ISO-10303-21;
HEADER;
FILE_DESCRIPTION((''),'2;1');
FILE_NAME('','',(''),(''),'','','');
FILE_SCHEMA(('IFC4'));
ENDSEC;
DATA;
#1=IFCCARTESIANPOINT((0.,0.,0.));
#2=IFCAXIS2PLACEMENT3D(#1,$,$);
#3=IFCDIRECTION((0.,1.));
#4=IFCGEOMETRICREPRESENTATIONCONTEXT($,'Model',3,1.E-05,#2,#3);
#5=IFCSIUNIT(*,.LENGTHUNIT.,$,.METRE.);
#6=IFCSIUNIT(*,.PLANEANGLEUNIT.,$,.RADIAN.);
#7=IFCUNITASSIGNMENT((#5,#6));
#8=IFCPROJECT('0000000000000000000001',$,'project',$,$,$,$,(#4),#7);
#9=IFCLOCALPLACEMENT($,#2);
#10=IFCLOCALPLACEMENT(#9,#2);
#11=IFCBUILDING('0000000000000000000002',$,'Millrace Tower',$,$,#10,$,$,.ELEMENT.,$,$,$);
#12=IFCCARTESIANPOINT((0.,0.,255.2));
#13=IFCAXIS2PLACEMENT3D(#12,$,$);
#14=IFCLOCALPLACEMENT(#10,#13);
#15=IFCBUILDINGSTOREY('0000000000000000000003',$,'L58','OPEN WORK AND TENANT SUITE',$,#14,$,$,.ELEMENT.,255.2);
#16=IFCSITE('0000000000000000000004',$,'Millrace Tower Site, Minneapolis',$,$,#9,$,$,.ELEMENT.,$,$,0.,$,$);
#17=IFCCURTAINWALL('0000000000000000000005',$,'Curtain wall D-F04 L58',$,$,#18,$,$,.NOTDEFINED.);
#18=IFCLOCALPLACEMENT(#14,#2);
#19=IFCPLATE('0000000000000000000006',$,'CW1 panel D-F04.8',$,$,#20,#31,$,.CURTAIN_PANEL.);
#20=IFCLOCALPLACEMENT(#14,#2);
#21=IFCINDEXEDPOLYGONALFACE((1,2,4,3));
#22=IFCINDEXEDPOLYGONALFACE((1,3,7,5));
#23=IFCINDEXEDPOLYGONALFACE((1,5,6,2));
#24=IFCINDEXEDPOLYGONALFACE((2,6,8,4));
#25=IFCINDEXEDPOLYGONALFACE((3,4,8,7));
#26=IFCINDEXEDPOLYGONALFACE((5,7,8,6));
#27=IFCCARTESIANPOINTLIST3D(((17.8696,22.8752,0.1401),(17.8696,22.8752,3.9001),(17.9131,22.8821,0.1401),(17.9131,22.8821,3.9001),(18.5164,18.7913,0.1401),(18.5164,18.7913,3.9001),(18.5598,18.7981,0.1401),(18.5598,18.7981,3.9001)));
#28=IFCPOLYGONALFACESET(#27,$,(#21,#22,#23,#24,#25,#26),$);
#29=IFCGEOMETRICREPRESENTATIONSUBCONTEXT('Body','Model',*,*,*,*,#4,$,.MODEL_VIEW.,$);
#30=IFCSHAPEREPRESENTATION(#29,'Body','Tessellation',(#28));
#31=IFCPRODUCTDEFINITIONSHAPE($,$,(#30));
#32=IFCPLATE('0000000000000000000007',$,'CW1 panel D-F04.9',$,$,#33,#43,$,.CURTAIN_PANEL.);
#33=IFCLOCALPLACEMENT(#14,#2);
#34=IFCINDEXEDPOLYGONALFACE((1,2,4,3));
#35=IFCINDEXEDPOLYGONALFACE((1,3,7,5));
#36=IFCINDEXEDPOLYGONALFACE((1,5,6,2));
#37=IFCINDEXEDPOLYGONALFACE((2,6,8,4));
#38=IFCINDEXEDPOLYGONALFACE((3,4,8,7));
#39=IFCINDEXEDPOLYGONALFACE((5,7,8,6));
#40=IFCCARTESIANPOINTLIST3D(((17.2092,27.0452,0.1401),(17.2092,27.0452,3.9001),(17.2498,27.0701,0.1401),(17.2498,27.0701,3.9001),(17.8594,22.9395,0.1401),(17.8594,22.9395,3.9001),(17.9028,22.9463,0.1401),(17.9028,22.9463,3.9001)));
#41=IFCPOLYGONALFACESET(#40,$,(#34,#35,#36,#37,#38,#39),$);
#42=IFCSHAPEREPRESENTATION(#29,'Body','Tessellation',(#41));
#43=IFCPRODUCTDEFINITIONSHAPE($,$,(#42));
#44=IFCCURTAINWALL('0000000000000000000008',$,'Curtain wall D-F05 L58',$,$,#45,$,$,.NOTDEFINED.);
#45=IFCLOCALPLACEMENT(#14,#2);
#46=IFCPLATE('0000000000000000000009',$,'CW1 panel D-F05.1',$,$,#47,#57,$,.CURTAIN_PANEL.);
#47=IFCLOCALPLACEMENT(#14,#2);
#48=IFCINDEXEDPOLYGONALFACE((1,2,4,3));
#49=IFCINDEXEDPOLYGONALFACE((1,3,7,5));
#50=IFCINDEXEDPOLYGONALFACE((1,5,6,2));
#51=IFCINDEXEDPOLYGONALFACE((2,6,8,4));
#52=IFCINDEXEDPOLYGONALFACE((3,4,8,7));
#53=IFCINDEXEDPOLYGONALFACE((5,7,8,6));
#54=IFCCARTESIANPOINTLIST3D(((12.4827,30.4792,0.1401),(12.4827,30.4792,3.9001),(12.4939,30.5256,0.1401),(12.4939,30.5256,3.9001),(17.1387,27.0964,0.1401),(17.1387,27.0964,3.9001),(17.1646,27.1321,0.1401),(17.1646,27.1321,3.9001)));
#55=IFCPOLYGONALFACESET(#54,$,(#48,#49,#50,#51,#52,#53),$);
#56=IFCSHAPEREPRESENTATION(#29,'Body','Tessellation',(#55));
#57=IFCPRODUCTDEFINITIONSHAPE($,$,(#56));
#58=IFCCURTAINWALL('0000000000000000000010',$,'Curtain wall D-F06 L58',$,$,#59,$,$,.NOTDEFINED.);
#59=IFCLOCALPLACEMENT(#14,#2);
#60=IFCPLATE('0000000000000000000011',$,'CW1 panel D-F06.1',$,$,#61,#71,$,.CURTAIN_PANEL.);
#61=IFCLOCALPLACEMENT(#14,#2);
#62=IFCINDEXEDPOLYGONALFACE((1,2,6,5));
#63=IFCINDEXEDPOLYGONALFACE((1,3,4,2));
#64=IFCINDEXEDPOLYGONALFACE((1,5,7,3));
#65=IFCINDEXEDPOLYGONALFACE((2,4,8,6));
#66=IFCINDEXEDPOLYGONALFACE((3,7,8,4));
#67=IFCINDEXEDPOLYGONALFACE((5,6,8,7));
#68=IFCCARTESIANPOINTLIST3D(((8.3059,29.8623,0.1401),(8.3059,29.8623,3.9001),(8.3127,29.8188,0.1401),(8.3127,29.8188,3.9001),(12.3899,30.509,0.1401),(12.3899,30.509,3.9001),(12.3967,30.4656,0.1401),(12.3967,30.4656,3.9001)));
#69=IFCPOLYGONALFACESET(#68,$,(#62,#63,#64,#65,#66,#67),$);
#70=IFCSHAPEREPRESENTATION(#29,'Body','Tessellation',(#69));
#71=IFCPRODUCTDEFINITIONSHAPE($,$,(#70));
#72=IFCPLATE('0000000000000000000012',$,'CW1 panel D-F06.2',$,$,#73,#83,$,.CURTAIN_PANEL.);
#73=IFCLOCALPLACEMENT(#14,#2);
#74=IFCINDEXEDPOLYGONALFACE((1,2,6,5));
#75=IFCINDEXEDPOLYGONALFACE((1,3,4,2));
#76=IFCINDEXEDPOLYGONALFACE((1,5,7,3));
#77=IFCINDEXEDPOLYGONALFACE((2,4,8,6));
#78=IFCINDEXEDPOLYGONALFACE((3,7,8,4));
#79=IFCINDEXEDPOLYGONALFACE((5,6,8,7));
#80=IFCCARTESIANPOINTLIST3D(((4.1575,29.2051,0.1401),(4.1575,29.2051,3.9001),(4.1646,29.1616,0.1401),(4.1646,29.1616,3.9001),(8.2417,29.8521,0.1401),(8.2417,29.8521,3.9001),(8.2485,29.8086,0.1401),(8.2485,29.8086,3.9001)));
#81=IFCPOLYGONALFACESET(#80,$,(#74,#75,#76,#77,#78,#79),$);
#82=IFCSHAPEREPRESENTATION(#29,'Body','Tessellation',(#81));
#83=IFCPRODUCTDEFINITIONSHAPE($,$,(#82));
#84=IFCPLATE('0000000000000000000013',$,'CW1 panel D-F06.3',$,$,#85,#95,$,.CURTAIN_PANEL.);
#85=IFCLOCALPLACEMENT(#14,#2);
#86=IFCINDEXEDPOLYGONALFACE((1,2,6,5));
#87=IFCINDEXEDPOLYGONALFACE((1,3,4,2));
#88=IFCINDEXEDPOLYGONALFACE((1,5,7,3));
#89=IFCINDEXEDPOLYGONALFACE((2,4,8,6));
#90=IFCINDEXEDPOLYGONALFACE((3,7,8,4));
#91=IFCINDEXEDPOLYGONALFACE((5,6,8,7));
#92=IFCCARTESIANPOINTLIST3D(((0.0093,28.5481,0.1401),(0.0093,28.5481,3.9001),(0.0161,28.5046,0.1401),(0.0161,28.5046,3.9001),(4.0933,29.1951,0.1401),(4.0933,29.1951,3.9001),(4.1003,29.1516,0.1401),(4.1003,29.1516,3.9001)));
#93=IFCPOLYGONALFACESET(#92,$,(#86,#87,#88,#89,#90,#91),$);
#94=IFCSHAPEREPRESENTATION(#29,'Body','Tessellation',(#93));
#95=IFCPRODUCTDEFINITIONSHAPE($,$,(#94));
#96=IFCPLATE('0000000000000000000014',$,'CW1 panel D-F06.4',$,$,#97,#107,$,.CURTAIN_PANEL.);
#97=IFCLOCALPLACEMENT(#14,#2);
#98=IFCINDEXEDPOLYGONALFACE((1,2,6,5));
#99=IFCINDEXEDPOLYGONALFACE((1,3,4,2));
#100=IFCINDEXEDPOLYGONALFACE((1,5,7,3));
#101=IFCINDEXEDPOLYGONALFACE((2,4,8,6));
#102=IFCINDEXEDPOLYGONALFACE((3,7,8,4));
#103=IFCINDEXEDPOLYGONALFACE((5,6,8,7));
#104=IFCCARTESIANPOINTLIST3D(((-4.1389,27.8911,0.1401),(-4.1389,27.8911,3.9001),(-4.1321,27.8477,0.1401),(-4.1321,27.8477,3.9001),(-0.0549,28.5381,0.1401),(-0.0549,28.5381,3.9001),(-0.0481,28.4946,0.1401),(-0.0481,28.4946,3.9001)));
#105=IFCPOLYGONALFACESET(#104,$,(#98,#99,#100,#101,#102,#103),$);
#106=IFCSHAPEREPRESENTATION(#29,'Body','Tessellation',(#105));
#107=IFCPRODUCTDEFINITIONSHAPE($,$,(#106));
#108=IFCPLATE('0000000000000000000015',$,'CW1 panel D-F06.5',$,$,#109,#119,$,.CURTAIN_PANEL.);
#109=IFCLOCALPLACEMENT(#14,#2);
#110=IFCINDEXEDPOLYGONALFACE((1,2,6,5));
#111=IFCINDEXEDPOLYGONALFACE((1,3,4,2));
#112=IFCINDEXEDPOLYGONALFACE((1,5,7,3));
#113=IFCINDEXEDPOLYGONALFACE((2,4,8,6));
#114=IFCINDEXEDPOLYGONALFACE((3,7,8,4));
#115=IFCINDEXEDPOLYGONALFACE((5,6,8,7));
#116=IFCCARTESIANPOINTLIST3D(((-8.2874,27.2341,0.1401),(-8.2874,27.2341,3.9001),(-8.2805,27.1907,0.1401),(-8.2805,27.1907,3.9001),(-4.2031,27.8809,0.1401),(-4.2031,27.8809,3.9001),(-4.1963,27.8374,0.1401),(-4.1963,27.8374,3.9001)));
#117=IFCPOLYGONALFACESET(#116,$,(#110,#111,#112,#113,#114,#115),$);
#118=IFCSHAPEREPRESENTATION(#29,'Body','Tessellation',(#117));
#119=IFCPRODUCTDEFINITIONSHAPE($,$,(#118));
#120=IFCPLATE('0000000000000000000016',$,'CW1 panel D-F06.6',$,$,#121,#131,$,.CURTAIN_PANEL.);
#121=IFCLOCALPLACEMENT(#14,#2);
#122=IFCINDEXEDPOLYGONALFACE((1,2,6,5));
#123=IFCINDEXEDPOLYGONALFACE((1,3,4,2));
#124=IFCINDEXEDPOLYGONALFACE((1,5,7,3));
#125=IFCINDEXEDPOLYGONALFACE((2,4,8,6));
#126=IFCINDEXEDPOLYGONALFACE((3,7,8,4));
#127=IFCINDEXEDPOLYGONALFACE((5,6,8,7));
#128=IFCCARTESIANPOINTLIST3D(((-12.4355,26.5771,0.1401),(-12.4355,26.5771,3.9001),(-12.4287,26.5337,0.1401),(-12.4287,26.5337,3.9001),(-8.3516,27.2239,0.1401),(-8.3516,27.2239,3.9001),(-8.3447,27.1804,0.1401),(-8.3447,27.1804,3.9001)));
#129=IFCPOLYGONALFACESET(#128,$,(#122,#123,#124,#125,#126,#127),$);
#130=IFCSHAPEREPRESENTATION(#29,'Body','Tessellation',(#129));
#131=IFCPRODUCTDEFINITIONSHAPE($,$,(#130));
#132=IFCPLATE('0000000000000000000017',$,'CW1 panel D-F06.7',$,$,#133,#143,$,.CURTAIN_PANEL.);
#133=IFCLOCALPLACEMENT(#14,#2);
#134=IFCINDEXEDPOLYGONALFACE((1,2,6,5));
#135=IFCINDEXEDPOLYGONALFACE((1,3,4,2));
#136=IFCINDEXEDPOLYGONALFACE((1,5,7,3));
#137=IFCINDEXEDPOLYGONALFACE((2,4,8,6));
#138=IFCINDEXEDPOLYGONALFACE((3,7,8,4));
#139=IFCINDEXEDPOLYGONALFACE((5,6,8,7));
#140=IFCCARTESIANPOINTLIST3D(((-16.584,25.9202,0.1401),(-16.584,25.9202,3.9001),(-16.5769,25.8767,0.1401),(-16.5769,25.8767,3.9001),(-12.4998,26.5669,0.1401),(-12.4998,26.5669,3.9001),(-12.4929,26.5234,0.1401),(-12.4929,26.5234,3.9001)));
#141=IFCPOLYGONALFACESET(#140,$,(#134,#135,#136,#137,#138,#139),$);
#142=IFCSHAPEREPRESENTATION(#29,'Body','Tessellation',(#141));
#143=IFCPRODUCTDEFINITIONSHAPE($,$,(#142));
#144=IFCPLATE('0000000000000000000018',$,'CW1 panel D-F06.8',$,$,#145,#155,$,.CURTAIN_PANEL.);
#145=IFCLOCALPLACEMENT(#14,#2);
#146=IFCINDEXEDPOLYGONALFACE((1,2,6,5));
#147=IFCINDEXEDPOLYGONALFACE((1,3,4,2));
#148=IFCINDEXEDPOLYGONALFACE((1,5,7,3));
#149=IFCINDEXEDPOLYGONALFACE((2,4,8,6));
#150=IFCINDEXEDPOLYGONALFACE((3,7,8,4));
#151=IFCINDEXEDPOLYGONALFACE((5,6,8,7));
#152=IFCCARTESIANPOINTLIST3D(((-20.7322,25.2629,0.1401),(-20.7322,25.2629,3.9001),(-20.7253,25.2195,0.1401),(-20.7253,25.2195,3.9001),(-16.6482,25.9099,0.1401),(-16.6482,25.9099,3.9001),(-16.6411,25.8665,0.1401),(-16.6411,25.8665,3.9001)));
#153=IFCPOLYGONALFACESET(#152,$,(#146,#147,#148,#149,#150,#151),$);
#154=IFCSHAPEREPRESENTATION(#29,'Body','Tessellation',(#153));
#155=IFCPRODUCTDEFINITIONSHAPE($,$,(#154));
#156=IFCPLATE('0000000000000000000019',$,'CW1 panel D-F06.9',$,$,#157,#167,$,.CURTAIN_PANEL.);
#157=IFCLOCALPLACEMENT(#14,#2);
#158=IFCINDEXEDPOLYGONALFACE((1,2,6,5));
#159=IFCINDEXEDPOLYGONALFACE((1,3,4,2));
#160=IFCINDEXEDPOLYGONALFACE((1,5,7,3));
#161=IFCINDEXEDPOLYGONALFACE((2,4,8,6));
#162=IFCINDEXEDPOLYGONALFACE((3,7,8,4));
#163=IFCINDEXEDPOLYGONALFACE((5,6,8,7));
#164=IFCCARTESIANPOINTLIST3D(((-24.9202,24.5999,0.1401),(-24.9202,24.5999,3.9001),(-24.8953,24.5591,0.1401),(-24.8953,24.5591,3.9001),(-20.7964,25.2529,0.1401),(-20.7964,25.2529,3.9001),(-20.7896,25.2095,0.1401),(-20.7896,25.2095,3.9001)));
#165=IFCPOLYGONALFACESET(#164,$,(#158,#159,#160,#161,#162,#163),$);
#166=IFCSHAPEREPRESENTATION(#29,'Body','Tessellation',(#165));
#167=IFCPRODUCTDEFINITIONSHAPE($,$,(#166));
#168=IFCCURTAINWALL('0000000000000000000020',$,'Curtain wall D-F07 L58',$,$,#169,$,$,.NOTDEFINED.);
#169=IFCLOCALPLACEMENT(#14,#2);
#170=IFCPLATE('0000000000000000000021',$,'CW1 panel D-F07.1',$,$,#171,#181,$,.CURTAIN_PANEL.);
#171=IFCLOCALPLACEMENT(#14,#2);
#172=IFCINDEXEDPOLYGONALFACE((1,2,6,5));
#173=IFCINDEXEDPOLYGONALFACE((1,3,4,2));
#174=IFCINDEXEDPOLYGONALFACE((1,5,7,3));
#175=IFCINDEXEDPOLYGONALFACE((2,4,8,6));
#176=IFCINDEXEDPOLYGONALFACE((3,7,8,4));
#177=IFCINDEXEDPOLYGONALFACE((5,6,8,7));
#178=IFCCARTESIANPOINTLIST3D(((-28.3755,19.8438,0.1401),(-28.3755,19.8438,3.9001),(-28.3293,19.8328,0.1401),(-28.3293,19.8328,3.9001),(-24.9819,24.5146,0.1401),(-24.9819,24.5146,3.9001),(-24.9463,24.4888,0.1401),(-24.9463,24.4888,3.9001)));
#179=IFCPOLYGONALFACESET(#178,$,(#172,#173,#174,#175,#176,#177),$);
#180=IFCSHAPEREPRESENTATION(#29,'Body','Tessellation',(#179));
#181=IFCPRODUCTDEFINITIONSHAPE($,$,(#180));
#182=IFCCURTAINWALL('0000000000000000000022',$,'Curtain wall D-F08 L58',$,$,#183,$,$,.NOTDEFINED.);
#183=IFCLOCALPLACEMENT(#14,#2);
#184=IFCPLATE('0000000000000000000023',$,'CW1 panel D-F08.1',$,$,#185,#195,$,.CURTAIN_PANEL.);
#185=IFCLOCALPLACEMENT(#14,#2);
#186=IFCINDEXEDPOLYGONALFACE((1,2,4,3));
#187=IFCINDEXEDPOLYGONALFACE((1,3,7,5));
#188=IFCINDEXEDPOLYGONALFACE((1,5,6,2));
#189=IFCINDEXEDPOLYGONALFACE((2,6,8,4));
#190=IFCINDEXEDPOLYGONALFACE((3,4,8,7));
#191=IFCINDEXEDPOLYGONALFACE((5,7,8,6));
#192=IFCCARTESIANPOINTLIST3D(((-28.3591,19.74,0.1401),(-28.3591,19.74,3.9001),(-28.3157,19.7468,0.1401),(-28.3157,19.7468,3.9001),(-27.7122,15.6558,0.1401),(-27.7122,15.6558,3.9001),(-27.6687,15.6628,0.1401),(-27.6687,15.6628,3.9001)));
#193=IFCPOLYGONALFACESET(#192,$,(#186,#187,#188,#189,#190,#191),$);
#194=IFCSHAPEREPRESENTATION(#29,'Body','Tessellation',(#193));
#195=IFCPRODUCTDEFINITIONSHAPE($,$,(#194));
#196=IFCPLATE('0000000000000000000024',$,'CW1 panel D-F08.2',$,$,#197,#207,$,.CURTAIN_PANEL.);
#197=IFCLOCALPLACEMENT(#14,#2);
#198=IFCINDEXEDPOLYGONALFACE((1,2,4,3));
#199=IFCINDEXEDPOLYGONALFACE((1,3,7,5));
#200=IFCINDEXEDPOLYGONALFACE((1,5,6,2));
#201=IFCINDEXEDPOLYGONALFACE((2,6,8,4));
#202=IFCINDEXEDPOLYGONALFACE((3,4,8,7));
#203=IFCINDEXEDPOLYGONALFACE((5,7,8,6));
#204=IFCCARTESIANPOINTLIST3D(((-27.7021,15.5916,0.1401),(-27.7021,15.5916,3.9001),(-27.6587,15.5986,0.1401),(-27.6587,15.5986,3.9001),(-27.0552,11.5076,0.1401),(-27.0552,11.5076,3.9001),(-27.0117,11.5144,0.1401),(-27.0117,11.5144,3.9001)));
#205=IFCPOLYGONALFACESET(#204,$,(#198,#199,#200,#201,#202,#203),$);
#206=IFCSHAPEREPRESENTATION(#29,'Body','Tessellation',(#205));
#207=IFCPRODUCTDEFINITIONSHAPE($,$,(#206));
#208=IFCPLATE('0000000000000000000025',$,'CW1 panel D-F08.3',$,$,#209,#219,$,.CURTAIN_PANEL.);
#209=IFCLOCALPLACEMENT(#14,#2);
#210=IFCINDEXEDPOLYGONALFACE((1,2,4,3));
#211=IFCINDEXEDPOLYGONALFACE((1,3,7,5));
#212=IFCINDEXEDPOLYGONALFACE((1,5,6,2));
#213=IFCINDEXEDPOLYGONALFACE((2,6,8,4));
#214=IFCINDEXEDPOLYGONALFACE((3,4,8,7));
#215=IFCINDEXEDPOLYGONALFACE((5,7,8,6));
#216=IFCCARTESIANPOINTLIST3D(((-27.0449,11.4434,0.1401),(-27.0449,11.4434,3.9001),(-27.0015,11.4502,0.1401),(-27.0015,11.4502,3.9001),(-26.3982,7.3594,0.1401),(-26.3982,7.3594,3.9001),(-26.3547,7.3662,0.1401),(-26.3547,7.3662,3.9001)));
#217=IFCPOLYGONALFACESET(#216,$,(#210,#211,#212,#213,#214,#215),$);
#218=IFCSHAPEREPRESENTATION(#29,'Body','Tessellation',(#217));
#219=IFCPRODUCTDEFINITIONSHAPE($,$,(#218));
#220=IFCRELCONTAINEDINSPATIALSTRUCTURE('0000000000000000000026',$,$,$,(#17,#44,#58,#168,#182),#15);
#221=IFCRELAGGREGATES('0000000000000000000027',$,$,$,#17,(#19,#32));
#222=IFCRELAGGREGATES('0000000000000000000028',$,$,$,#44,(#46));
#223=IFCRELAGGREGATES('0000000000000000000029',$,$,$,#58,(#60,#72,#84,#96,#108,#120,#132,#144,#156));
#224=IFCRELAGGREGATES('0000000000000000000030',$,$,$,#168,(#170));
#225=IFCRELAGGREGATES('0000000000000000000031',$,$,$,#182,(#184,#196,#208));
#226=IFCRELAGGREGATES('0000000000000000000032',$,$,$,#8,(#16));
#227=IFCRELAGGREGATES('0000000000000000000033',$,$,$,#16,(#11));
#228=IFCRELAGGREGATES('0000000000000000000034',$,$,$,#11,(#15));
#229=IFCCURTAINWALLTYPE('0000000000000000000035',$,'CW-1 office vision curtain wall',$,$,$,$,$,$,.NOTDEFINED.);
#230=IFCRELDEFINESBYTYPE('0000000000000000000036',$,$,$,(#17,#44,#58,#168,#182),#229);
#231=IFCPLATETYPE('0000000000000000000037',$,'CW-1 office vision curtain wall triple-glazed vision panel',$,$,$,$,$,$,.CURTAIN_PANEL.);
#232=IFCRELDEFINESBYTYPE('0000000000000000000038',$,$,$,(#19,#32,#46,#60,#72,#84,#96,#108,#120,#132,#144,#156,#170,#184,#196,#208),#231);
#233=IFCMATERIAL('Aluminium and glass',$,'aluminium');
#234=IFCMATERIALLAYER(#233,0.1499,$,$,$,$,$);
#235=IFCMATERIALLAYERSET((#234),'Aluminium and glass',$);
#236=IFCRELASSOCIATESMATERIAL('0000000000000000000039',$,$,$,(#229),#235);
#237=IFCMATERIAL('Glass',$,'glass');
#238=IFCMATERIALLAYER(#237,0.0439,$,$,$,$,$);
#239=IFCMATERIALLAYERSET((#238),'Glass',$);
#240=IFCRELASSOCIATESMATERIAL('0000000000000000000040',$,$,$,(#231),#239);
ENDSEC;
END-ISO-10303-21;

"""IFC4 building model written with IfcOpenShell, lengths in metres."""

from ifc_helpers import new_model, si_unit, direction, frame, origin, place, context, subcontext, project, spatial, polyline, outline, extrude, material, layer, layer_set, type_object, element, aggregate, save


model = new_model("IFC4")

# Units and contexts
model_context = context("Model", 3, precision=1e-05, world=origin(), true_north=direction((0.0, 1.0)))
body_context = subcontext(model_context, "Body", "Model", "MODEL_VIEW")
ifc_project = project(units=[si_unit("LENGTHUNIT", "METRE"), si_unit("PLANEANGLEUNIT", "RADIAN")], contexts=[model_context])

# Site, building, storey
site_placement = place(None, origin())
site = spatial("IfcSite", under=ifc_project, at=site_placement, Name="Millrace Tower Site, Minneapolis", CompositionType="ELEMENT", RefElevation=0.0)
building_placement = place(site_placement, origin())
building = spatial("IfcBuilding", under=site, at=building_placement, Name="Millrace Tower", CompositionType="ELEMENT")
storey_placement = place(building_placement, frame((0.0, 0.0, 255.2)))
storey = spatial("IfcBuildingStorey", under=building, at=storey_placement, Name="L58", Description="OPEN WORK AND TENANT SUITE", CompositionType="ELEMENT", Elevation=255.2)

# Curtain wall, plates
ifc_material_1 = material(Name="Aluminium and glass", Category="aluminium")
ifc_layer_1 = layer(ifc_material_1, 0.1499)
ifc_layer_set_1 = layer_set([ifc_layer_1], Name="Aluminium and glass")
curtain_wall_type = type_object("IfcCurtainWallType", Name="CW-1 office vision curtain wall", PredefinedType="NOTDEFINED", material=ifc_layer_set_1)
placement_1 = place(storey_placement, origin())
curtain_wall_1 = element("IfcCurtainWall", 1, at=placement_1, inside=storey, type_object=curtain_wall_type, Name="Curtain wall D-F04 L58", PredefinedType="NOTDEFINED")
ifc_material_2 = material(Name="Glass", Category="glass")
ifc_layer_2 = layer(ifc_material_2, 0.0439)
ifc_layer_set_2 = layer_set([ifc_layer_2], Name="Glass")
plate_type = type_object("IfcPlateType", Name="CW-1 office vision curtain wall triple-glazed vision panel", PredefinedType="CURTAIN_PANEL", material=ifc_layer_set_2)
placement_2 = place(storey_placement, frame((0.0, 0.0, 0.1401)))
plate_1 = element("IfcPlate", 2, at=placement_2, type_object=plate_type, Name="CW1 panel D-F04.8", PredefinedType="CURTAIN_PANEL", context=body_context, shape_type="SweptSolid", body=[
    extrude(outline(polyline([(18.5598, 18.7981), (17.9131, 22.8821), (17.8696, 22.8752), (18.5164, 18.7913), (18.5598, 18.7981)])), origin(), (0.0, 0.0, 1.0), 3.76),
])
plate_2 = element("IfcPlate", 3, at=placement_2, type_object=plate_type, Name="CW1 panel D-F04.9", PredefinedType="CURTAIN_PANEL", context=body_context, shape_type="SweptSolid", body=[
    extrude(outline(polyline([(17.9028, 22.9463), (17.2498, 27.0701), (17.2092, 27.0452), (17.8594, 22.9395), (17.9028, 22.9463)])), origin(), (0.0, 0.0, 1.0), 3.76),
])
aggregate(curtain_wall_1, [plate_1, plate_2])

# Curtain wall, plate
curtain_wall_2 = element("IfcCurtainWall", 4, at=placement_1, inside=storey, type_object=curtain_wall_type, Name="Curtain wall D-F05 L58", PredefinedType="NOTDEFINED")
plate_3 = element("IfcPlate", 5, at=placement_2, type_object=plate_type, Name="CW1 panel D-F05.1", PredefinedType="CURTAIN_PANEL", context=body_context, shape_type="SweptSolid", body=[
    extrude(outline(polyline([(17.1646, 27.1321), (12.4939, 30.5256), (12.4827, 30.4792), (17.1387, 27.0964), (17.1646, 27.1321)])), origin(), (0.0, 0.0, 1.0), 3.76),
])
aggregate(curtain_wall_2, [plate_3])

# Curtain wall, plates
curtain_wall_3 = element("IfcCurtainWall", 6, at=placement_1, inside=storey, type_object=curtain_wall_type, Name="Curtain wall D-F06 L58", PredefinedType="NOTDEFINED")
plate_4 = element("IfcPlate", 7, at=placement_2, type_object=plate_type, Name="CW1 panel D-F06.1", PredefinedType="CURTAIN_PANEL", context=body_context, shape_type="SweptSolid", body=[
    extrude(outline(polyline([(12.3899, 30.509), (8.3059, 29.8623), (8.3127, 29.8188), (12.3967, 30.4656), (12.3899, 30.509)])), origin(), (0.0, 0.0, 1.0), 3.76),
])
plate_5 = element("IfcPlate", 8, at=placement_2, type_object=plate_type, Name="CW1 panel D-F06.2", PredefinedType="CURTAIN_PANEL", context=body_context, shape_type="SweptSolid", body=[
    extrude(outline(polyline([(8.2417, 29.8521), (4.1575, 29.2051), (4.1646, 29.1616), (8.2485, 29.8086), (8.2417, 29.8521)])), origin(), (0.0, 0.0, 1.0), 3.76),
])
plate_6 = element("IfcPlate", 9, at=placement_2, type_object=plate_type, Name="CW1 panel D-F06.3", PredefinedType="CURTAIN_PANEL", context=body_context, shape_type="SweptSolid", body=[
    extrude(outline(polyline([(4.0933, 29.1951), (0.0093, 28.5481), (0.0161, 28.5046), (4.1003, 29.1516), (4.0933, 29.1951)])), origin(), (0.0, 0.0, 1.0), 3.76),
])
plate_7 = element("IfcPlate", 10, at=placement_2, type_object=plate_type, Name="CW1 panel D-F06.4", PredefinedType="CURTAIN_PANEL", context=body_context, shape_type="SweptSolid", body=[
    extrude(outline(polyline([(-0.0549, 28.5381), (-4.1389, 27.8911), (-4.1321, 27.8477), (-0.0481, 28.4946), (-0.0549, 28.5381)])), origin(), (0.0, 0.0, 1.0), 3.76),
])
plate_8 = element("IfcPlate", 11, at=placement_2, type_object=plate_type, Name="CW1 panel D-F06.5", PredefinedType="CURTAIN_PANEL", context=body_context, shape_type="SweptSolid", body=[
    extrude(outline(polyline([(-4.2031, 27.8809), (-8.2874, 27.2341), (-8.2805, 27.1907), (-4.1963, 27.8374), (-4.2031, 27.8809)])), origin(), (0.0, 0.0, 1.0), 3.76),
])
plate_9 = element("IfcPlate", 12, at=placement_2, type_object=plate_type, Name="CW1 panel D-F06.6", PredefinedType="CURTAIN_PANEL", context=body_context, shape_type="SweptSolid", body=[
    extrude(outline(polyline([(-8.3516, 27.2239), (-12.4355, 26.5771), (-12.4287, 26.5337), (-8.3447, 27.1804), (-8.3516, 27.2239)])), origin(), (0.0, 0.0, 1.0), 3.76),
])
plate_10 = element("IfcPlate", 13, at=placement_2, type_object=plate_type, Name="CW1 panel D-F06.7", PredefinedType="CURTAIN_PANEL", context=body_context, shape_type="SweptSolid", body=[
    extrude(outline(polyline([(-12.4998, 26.5669), (-16.584, 25.9202), (-16.5769, 25.8767), (-12.4929, 26.5234), (-12.4998, 26.5669)])), origin(), (0.0, 0.0, 1.0), 3.76),
])
plate_11 = element("IfcPlate", 14, at=placement_2, type_object=plate_type, Name="CW1 panel D-F06.8", PredefinedType="CURTAIN_PANEL", context=body_context, shape_type="SweptSolid", body=[
    extrude(outline(polyline([(-16.6482, 25.9099), (-20.7322, 25.2629), (-20.7253, 25.2195), (-16.6411, 25.8665), (-16.6482, 25.9099)])), origin(), (0.0, 0.0, 1.0), 3.76),
])
plate_12 = element("IfcPlate", 15, at=placement_2, type_object=plate_type, Name="CW1 panel D-F06.9", PredefinedType="CURTAIN_PANEL", context=body_context, shape_type="SweptSolid", body=[
    extrude(outline(polyline([(-20.7964, 25.2529), (-24.9202, 24.5999), (-24.8953, 24.5591), (-20.7896, 25.2095), (-20.7964, 25.2529)])), origin(), (0.0, 0.0, 1.0), 3.76),
])
aggregate(curtain_wall_3, [plate_4, plate_5, plate_6, plate_7, plate_8, plate_9, plate_10, plate_11, plate_12])

# Curtain wall, plate
curtain_wall_4 = element("IfcCurtainWall", 16, at=placement_1, inside=storey, type_object=curtain_wall_type, Name="Curtain wall D-F07 L58", PredefinedType="NOTDEFINED")
plate_13 = element("IfcPlate", 17, at=placement_2, type_object=plate_type, Name="CW1 panel D-F07.1", PredefinedType="CURTAIN_PANEL", context=body_context, shape_type="SweptSolid", body=[
    extrude(outline(polyline([(-24.9819, 24.5146), (-28.3755, 19.8438), (-28.3293, 19.8328), (-24.9463, 24.4888), (-24.9819, 24.5146)])), origin(), (0.0, 0.0, 1.0), 3.76),
])
aggregate(curtain_wall_4, [plate_13])

# Curtain wall, plates
curtain_wall_5 = element("IfcCurtainWall", 18, at=placement_1, inside=storey, type_object=curtain_wall_type, Name="Curtain wall D-F08 L58", PredefinedType="NOTDEFINED")
plate_14 = element("IfcPlate", 19, at=placement_2, type_object=plate_type, Name="CW1 panel D-F08.1", PredefinedType="CURTAIN_PANEL", context=body_context, shape_type="SweptSolid", body=[
    extrude(outline(polyline([(-28.3591, 19.74), (-27.7122, 15.6558), (-27.6687, 15.6628), (-28.3157, 19.7468), (-28.3591, 19.74)])), origin(), (0.0, 0.0, 1.0), 3.76),
])
plate_15 = element("IfcPlate", 20, at=placement_2, type_object=plate_type, Name="CW1 panel D-F08.2", PredefinedType="CURTAIN_PANEL", context=body_context, shape_type="SweptSolid", body=[
    extrude(outline(polyline([(-27.7021, 15.5916), (-27.0552, 11.5076), (-27.0117, 11.5144), (-27.6587, 15.5986), (-27.7021, 15.5916)])), origin(), (0.0, 0.0, 1.0), 3.76),
])
plate_16 = element("IfcPlate", 21, at=placement_2, type_object=plate_type, Name="CW1 panel D-F08.3", PredefinedType="CURTAIN_PANEL", context=body_context, shape_type="SweptSolid", body=[
    extrude(outline(polyline([(-27.0449, 11.4434), (-26.3982, 7.3594), (-26.3547, 7.3662), (-27.0015, 11.4502), (-27.0449, 11.4434)])), origin(), (0.0, 0.0, 1.0), 3.76),
])
aggregate(curtain_wall_5, [plate_14, plate_15, plate_16])

save(model, "model.ifc")
